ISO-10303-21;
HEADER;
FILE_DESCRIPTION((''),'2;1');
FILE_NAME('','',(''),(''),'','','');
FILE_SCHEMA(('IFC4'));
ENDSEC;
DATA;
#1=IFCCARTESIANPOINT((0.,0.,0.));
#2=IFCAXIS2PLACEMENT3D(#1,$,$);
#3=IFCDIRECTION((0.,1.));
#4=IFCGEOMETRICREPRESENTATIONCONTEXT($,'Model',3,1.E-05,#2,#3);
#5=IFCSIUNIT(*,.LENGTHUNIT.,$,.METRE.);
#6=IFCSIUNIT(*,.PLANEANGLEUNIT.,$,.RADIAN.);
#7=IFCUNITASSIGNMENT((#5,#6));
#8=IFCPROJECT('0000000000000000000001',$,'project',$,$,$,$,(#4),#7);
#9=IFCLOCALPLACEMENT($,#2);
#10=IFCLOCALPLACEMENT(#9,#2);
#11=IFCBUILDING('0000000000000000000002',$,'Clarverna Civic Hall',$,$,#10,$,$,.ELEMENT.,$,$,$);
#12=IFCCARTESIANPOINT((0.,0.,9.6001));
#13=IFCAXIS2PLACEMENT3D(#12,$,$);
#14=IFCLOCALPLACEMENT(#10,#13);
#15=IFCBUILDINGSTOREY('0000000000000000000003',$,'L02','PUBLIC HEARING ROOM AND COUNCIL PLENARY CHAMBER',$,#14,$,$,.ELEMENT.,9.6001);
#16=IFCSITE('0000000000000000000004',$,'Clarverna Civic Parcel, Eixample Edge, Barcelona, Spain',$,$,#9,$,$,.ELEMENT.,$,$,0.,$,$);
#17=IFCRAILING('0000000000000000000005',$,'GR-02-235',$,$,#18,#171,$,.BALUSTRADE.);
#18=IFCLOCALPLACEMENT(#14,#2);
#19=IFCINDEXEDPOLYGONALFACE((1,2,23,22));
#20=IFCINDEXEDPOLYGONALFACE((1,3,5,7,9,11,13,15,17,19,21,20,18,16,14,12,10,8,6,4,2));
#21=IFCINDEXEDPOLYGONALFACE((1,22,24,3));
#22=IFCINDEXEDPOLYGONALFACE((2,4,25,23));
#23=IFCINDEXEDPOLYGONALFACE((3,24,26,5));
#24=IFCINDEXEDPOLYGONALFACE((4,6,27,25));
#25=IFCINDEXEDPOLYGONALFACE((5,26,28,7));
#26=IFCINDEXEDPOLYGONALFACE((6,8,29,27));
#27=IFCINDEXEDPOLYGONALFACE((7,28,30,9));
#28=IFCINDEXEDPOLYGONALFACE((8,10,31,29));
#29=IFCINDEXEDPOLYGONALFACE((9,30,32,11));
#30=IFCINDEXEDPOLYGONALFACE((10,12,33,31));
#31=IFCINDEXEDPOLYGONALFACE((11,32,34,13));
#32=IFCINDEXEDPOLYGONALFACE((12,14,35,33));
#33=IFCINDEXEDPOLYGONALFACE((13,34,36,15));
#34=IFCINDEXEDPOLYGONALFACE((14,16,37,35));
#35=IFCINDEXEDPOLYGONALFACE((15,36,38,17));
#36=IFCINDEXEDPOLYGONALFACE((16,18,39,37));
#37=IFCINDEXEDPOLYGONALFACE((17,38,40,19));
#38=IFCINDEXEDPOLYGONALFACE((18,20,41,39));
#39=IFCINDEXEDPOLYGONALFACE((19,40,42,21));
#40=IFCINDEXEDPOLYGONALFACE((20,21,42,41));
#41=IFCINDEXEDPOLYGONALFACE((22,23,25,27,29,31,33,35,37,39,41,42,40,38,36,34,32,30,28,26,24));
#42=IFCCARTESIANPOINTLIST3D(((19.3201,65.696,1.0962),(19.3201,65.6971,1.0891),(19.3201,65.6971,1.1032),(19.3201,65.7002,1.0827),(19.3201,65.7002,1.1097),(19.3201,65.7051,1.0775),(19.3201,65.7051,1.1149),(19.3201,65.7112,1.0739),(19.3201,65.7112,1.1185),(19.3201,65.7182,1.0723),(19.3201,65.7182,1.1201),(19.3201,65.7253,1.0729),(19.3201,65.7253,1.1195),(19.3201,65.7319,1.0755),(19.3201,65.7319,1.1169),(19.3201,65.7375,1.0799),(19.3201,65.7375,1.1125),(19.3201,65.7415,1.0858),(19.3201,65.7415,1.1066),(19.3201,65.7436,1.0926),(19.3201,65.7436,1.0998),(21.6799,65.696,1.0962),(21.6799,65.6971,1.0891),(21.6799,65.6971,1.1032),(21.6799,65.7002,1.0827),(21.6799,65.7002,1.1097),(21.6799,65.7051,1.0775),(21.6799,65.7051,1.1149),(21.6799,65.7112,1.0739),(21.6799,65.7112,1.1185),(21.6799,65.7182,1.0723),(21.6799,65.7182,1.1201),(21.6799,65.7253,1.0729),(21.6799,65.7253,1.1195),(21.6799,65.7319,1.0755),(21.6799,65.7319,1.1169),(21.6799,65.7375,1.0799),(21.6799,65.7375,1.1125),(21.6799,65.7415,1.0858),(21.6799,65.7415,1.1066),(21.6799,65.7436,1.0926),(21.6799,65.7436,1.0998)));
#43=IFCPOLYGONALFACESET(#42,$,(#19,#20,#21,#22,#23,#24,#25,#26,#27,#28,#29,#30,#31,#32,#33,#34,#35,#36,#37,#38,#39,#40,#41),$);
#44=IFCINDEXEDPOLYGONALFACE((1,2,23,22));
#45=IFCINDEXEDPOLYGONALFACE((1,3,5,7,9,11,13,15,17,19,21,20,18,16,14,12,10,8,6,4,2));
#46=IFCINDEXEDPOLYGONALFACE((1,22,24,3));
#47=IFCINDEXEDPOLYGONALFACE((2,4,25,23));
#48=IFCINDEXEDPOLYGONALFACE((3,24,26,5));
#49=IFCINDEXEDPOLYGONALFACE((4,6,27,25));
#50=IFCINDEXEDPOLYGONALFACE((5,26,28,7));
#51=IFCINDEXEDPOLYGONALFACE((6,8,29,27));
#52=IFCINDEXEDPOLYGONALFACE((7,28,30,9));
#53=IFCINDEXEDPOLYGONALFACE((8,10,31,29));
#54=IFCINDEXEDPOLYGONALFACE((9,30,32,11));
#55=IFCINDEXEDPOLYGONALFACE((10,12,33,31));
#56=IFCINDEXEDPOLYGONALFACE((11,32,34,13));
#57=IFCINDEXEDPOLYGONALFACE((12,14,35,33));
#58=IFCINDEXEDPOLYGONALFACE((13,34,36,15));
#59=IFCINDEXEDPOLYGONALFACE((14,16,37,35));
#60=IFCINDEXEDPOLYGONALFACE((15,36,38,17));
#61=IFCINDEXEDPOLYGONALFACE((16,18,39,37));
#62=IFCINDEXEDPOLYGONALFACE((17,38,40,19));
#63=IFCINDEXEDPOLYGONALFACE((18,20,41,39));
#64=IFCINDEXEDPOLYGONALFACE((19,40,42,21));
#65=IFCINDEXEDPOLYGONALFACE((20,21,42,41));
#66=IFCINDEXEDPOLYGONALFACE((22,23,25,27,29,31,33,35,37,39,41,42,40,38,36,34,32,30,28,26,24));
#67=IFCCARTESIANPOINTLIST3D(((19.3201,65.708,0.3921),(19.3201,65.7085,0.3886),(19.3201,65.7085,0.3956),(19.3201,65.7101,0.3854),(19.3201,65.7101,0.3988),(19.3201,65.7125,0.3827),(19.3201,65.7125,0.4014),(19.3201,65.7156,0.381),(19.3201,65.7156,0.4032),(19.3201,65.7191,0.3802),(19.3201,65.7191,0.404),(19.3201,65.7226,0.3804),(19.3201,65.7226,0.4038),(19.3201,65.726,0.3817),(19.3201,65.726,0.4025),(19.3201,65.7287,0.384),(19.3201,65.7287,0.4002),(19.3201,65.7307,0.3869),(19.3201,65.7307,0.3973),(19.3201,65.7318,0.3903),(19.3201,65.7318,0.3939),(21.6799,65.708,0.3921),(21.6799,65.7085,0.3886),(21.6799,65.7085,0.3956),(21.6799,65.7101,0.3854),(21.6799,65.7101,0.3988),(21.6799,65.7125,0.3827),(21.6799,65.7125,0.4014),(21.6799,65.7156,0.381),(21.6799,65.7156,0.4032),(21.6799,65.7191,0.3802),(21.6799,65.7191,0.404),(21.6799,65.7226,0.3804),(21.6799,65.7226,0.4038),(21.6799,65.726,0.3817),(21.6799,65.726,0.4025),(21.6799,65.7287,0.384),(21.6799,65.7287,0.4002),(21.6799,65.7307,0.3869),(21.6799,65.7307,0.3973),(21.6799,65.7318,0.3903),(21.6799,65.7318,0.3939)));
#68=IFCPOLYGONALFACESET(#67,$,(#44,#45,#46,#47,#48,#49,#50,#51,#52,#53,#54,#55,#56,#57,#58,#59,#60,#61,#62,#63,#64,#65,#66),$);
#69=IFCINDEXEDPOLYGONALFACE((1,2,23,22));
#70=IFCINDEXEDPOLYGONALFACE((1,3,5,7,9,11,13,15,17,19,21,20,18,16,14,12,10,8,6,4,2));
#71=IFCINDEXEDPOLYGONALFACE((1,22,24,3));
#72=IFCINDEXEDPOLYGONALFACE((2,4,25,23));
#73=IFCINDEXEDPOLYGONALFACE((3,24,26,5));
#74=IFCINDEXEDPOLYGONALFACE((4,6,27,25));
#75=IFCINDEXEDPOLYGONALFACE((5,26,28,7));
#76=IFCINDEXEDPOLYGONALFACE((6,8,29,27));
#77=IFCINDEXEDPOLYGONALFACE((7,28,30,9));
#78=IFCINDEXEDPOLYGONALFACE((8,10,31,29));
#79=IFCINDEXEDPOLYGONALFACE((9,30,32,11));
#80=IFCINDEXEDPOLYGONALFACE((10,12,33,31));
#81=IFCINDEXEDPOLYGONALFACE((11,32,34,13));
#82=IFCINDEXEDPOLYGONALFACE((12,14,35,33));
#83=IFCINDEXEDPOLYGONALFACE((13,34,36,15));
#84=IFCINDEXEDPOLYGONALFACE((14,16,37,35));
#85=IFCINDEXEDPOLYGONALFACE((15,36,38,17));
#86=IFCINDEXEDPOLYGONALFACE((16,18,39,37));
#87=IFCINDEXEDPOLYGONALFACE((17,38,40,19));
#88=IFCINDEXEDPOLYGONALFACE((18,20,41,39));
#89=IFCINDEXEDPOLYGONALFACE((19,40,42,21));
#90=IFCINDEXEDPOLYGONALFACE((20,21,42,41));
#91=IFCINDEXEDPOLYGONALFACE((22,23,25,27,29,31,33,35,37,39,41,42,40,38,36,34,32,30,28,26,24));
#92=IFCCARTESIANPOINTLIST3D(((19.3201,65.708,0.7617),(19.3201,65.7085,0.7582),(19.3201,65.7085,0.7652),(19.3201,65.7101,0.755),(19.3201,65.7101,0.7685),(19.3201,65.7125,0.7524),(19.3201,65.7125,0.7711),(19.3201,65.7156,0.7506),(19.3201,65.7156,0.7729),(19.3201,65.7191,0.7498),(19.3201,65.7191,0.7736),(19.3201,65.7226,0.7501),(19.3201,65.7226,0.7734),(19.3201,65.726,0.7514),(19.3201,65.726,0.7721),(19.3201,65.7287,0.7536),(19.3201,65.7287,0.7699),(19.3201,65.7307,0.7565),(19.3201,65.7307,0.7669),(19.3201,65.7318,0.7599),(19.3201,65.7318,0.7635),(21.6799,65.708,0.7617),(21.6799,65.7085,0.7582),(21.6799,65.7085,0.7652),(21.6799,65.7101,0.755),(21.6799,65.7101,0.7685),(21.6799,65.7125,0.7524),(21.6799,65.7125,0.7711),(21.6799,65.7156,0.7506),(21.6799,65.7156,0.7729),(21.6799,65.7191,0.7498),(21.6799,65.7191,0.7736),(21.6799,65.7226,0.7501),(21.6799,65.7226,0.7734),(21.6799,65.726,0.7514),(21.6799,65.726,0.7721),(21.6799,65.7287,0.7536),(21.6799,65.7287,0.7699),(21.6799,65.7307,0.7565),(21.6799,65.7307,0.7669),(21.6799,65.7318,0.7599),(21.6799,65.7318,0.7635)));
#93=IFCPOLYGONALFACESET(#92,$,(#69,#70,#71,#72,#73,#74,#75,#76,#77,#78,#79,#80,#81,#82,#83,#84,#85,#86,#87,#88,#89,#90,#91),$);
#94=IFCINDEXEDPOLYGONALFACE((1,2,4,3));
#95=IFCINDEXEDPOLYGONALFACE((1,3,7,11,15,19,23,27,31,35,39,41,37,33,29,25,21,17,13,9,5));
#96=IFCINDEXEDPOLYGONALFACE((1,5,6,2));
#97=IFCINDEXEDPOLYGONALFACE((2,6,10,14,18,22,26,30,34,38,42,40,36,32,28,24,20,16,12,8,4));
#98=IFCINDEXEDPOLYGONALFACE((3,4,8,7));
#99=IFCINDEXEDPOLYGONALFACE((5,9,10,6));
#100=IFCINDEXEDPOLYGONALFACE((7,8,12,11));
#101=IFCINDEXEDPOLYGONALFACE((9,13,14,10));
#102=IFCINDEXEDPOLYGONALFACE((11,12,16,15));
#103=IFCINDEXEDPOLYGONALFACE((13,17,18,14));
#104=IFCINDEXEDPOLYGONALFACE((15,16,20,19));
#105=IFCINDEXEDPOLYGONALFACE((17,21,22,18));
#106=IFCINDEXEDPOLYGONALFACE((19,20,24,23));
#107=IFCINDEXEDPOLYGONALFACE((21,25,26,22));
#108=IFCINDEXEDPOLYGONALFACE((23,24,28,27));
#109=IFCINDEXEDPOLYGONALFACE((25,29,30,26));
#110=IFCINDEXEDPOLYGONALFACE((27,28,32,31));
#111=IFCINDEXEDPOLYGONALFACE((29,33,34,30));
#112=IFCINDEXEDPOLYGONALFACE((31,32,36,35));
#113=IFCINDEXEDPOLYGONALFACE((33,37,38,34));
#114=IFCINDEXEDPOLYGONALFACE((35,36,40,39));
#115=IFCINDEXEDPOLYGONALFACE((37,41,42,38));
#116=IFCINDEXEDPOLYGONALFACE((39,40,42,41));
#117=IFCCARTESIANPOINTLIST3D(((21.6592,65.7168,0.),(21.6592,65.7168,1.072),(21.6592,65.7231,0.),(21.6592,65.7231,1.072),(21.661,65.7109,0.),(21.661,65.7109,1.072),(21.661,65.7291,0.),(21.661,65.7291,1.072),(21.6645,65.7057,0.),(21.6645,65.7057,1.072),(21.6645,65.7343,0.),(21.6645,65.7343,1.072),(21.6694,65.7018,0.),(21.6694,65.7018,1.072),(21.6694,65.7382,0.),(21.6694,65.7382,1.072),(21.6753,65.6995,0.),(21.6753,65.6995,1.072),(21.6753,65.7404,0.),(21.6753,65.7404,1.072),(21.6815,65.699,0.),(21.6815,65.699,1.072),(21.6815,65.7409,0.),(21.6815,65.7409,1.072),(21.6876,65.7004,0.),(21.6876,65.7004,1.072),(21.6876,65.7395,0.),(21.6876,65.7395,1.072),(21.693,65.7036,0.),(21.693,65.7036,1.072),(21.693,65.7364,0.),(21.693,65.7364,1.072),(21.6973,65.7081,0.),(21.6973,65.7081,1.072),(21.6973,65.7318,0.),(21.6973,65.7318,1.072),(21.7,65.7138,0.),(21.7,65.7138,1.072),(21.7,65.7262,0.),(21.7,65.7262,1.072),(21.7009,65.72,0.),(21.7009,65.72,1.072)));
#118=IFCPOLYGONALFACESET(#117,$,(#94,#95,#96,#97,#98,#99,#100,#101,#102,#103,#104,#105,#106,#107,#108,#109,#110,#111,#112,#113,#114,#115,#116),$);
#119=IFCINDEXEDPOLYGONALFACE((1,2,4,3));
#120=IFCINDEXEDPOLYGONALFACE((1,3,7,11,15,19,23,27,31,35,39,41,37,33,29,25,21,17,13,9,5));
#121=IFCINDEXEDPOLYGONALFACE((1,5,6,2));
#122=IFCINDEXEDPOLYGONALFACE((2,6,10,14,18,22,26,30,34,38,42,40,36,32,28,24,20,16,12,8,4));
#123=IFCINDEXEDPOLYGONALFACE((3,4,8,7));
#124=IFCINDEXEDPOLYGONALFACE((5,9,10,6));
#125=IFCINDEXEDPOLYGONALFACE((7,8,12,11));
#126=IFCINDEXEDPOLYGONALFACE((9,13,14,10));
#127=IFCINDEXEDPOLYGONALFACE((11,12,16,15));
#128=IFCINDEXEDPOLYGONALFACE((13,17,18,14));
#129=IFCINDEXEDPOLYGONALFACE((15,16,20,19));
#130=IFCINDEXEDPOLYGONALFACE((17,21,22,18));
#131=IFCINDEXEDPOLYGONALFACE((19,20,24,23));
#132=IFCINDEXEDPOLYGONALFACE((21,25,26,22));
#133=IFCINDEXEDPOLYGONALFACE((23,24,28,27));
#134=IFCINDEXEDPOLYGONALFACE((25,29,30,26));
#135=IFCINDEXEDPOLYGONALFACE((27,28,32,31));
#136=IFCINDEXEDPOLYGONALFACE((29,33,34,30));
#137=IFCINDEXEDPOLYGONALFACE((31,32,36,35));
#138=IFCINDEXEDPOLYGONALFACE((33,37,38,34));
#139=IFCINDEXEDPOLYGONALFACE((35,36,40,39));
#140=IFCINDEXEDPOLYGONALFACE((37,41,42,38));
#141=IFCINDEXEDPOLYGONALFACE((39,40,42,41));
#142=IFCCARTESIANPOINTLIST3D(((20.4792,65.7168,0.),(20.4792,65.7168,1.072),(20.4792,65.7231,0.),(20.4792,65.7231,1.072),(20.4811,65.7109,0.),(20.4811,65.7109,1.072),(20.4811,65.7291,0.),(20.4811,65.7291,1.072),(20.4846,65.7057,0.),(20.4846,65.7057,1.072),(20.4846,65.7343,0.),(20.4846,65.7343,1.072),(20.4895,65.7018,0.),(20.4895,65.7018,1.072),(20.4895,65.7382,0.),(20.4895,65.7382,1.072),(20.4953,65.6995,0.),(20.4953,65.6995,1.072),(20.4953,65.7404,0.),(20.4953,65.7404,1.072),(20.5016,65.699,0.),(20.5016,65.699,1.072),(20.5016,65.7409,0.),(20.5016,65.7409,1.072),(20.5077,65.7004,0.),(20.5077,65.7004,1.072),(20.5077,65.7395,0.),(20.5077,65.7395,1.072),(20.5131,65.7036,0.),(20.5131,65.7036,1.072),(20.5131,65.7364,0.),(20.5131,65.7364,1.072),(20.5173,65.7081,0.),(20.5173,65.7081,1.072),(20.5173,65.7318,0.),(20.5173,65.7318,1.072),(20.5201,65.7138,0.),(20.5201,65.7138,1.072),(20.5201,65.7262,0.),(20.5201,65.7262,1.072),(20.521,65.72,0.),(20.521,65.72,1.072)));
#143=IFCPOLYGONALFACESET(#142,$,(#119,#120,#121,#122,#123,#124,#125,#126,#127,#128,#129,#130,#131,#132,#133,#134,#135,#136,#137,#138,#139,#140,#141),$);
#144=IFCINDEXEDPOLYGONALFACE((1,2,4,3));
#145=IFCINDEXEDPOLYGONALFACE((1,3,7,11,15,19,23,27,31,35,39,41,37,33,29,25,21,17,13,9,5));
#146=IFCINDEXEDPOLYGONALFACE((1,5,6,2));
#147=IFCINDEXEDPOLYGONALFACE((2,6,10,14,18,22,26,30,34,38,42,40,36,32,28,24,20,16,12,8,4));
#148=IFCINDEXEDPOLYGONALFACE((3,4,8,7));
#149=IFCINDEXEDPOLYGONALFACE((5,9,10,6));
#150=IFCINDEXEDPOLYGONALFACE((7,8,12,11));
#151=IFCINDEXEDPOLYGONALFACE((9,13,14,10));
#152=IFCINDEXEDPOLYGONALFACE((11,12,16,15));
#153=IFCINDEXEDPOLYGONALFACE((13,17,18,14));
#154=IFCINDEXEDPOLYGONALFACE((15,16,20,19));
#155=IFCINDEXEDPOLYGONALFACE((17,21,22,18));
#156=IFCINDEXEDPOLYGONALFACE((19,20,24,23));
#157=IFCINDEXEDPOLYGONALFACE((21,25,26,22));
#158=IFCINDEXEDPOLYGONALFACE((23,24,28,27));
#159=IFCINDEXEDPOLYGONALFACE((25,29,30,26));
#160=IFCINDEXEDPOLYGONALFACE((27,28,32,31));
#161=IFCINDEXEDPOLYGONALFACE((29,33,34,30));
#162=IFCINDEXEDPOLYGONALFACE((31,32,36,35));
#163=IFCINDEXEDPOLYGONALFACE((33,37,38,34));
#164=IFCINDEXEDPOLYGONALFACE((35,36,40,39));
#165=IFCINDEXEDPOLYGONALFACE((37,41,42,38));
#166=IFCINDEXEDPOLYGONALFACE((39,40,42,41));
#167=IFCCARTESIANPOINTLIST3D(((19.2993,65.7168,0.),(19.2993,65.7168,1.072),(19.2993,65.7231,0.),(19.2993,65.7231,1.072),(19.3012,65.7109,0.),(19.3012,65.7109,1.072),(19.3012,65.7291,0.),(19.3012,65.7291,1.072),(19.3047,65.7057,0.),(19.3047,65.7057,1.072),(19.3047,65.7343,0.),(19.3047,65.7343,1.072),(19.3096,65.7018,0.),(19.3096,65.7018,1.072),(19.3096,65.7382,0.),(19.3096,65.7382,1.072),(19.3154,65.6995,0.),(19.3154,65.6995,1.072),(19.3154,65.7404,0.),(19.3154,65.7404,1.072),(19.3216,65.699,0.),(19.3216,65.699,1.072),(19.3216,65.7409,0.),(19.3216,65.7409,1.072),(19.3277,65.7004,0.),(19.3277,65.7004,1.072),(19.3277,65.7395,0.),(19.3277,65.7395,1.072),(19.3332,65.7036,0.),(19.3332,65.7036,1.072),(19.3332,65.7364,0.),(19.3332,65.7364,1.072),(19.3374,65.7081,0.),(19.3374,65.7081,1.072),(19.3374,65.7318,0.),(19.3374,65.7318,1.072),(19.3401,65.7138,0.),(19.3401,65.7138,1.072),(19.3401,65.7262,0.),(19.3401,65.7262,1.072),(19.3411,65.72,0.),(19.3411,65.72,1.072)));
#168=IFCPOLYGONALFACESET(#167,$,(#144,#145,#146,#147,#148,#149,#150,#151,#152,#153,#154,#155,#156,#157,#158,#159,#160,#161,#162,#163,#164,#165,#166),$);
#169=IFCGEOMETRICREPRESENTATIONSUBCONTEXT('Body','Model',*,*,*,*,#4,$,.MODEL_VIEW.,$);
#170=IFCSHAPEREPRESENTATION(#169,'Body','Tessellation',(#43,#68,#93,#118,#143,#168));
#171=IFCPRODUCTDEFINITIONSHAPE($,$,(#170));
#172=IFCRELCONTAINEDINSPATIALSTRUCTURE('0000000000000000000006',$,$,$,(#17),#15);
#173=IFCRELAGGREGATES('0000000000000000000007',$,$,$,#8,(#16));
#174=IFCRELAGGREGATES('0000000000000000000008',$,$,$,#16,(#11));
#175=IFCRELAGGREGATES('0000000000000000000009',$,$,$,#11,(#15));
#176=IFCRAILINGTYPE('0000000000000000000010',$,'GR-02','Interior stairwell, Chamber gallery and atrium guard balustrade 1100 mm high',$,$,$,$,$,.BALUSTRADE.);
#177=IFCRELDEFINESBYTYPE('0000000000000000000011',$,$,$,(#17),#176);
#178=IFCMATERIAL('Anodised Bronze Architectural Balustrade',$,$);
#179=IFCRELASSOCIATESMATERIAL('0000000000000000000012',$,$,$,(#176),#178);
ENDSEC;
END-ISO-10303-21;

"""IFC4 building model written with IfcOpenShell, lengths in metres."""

from ifc_helpers import new_model, si_unit, direction, frame, origin, origin_2d, place, context, subcontext, project, spatial, circle, extrude, material, type_object, element, save


model = new_model("IFC4")

# Units and contexts
model_context = context("Model", 3, precision=1e-05, world=origin(), true_north=direction((0.0, 1.0)))
body_context = subcontext(model_context, "Body", "Model", "MODEL_VIEW")
ifc_project = project(units=[si_unit("LENGTHUNIT", "METRE"), si_unit("PLANEANGLEUNIT", "RADIAN")], contexts=[model_context])

# Site, building, storey
site_placement = place(None, origin())
site = spatial("IfcSite", under=ifc_project, at=site_placement, Name="Clarverna Civic Parcel, Eixample Edge, Barcelona, Spain", CompositionType="ELEMENT", RefElevation=0.0)
building_placement = place(site_placement, origin())
building = spatial("IfcBuilding", under=site, at=building_placement, Name="Clarverna Civic Hall", CompositionType="ELEMENT")
storey_placement = place(building_placement, frame((0.0, 0.0, 9.6001)))
storey = spatial("IfcBuildingStorey", under=building, at=storey_placement, Name="L02", Description="PUBLIC HEARING ROOM AND COUNCIL PLENARY CHAMBER", CompositionType="ELEMENT", Elevation=9.6001)

# Railing
ifc_material_1 = material(Name="Anodised Bronze Architectural Balustrade")
railing_type = type_object("IfcRailingType", Name="GR-02", Description="Interior stairwell, Chamber gallery and atrium guard balustrade 1100 mm high", PredefinedType="BALUSTRADE", material=ifc_material_1)
railing_1_placement = place(storey_placement, frame((21.6799, 65.72, 0.0)))
element("IfcRailing", 1, at=railing_1_placement, inside=storey, type_object=railing_type, Name="GR-02-235", PredefinedType="BALUSTRADE", context=body_context, shape_type="SweptSolid", body=[
    extrude(circle(Radius=0.0239, at=origin_2d()), frame((0.0, 0.0, 1.0962), z_axis=(-1.0, 0.0, 0.0), x_axis=(0.0, -1.0, 0.0)), (0.0, 0.0, 1.0), 2.3599),
    extrude(circle(Radius=0.012, at=origin_2d()), frame((0.0, 0.0, 0.3921), z_axis=(-1.0, 0.0, 0.0), x_axis=(0.0, -1.0, 0.0)), (0.0, 0.0, 1.0), 2.3599),
    extrude(circle(Radius=0.012, at=origin_2d()), frame((0.0, 0.0, 0.7617), z_axis=(-1.0, 0.0, 0.0), x_axis=(0.0, -1.0, 0.0)), (0.0, 0.0, 1.0), 2.3599),
    extrude(circle(Radius=0.021, at=origin_2d()), origin(), (0.0, 0.0, 1.0), 1.072),
    extrude(circle(Radius=0.021, at=origin_2d()), frame((-1.1799, 0.0, 0.0)), (0.0, 0.0, 1.0), 1.072),
    extrude(circle(Radius=0.021, at=origin_2d()), frame((-2.3599, 0.0, 0.0)), (0.0, 0.0, 1.0), 1.072),
])

save(model, "model.ifc")
